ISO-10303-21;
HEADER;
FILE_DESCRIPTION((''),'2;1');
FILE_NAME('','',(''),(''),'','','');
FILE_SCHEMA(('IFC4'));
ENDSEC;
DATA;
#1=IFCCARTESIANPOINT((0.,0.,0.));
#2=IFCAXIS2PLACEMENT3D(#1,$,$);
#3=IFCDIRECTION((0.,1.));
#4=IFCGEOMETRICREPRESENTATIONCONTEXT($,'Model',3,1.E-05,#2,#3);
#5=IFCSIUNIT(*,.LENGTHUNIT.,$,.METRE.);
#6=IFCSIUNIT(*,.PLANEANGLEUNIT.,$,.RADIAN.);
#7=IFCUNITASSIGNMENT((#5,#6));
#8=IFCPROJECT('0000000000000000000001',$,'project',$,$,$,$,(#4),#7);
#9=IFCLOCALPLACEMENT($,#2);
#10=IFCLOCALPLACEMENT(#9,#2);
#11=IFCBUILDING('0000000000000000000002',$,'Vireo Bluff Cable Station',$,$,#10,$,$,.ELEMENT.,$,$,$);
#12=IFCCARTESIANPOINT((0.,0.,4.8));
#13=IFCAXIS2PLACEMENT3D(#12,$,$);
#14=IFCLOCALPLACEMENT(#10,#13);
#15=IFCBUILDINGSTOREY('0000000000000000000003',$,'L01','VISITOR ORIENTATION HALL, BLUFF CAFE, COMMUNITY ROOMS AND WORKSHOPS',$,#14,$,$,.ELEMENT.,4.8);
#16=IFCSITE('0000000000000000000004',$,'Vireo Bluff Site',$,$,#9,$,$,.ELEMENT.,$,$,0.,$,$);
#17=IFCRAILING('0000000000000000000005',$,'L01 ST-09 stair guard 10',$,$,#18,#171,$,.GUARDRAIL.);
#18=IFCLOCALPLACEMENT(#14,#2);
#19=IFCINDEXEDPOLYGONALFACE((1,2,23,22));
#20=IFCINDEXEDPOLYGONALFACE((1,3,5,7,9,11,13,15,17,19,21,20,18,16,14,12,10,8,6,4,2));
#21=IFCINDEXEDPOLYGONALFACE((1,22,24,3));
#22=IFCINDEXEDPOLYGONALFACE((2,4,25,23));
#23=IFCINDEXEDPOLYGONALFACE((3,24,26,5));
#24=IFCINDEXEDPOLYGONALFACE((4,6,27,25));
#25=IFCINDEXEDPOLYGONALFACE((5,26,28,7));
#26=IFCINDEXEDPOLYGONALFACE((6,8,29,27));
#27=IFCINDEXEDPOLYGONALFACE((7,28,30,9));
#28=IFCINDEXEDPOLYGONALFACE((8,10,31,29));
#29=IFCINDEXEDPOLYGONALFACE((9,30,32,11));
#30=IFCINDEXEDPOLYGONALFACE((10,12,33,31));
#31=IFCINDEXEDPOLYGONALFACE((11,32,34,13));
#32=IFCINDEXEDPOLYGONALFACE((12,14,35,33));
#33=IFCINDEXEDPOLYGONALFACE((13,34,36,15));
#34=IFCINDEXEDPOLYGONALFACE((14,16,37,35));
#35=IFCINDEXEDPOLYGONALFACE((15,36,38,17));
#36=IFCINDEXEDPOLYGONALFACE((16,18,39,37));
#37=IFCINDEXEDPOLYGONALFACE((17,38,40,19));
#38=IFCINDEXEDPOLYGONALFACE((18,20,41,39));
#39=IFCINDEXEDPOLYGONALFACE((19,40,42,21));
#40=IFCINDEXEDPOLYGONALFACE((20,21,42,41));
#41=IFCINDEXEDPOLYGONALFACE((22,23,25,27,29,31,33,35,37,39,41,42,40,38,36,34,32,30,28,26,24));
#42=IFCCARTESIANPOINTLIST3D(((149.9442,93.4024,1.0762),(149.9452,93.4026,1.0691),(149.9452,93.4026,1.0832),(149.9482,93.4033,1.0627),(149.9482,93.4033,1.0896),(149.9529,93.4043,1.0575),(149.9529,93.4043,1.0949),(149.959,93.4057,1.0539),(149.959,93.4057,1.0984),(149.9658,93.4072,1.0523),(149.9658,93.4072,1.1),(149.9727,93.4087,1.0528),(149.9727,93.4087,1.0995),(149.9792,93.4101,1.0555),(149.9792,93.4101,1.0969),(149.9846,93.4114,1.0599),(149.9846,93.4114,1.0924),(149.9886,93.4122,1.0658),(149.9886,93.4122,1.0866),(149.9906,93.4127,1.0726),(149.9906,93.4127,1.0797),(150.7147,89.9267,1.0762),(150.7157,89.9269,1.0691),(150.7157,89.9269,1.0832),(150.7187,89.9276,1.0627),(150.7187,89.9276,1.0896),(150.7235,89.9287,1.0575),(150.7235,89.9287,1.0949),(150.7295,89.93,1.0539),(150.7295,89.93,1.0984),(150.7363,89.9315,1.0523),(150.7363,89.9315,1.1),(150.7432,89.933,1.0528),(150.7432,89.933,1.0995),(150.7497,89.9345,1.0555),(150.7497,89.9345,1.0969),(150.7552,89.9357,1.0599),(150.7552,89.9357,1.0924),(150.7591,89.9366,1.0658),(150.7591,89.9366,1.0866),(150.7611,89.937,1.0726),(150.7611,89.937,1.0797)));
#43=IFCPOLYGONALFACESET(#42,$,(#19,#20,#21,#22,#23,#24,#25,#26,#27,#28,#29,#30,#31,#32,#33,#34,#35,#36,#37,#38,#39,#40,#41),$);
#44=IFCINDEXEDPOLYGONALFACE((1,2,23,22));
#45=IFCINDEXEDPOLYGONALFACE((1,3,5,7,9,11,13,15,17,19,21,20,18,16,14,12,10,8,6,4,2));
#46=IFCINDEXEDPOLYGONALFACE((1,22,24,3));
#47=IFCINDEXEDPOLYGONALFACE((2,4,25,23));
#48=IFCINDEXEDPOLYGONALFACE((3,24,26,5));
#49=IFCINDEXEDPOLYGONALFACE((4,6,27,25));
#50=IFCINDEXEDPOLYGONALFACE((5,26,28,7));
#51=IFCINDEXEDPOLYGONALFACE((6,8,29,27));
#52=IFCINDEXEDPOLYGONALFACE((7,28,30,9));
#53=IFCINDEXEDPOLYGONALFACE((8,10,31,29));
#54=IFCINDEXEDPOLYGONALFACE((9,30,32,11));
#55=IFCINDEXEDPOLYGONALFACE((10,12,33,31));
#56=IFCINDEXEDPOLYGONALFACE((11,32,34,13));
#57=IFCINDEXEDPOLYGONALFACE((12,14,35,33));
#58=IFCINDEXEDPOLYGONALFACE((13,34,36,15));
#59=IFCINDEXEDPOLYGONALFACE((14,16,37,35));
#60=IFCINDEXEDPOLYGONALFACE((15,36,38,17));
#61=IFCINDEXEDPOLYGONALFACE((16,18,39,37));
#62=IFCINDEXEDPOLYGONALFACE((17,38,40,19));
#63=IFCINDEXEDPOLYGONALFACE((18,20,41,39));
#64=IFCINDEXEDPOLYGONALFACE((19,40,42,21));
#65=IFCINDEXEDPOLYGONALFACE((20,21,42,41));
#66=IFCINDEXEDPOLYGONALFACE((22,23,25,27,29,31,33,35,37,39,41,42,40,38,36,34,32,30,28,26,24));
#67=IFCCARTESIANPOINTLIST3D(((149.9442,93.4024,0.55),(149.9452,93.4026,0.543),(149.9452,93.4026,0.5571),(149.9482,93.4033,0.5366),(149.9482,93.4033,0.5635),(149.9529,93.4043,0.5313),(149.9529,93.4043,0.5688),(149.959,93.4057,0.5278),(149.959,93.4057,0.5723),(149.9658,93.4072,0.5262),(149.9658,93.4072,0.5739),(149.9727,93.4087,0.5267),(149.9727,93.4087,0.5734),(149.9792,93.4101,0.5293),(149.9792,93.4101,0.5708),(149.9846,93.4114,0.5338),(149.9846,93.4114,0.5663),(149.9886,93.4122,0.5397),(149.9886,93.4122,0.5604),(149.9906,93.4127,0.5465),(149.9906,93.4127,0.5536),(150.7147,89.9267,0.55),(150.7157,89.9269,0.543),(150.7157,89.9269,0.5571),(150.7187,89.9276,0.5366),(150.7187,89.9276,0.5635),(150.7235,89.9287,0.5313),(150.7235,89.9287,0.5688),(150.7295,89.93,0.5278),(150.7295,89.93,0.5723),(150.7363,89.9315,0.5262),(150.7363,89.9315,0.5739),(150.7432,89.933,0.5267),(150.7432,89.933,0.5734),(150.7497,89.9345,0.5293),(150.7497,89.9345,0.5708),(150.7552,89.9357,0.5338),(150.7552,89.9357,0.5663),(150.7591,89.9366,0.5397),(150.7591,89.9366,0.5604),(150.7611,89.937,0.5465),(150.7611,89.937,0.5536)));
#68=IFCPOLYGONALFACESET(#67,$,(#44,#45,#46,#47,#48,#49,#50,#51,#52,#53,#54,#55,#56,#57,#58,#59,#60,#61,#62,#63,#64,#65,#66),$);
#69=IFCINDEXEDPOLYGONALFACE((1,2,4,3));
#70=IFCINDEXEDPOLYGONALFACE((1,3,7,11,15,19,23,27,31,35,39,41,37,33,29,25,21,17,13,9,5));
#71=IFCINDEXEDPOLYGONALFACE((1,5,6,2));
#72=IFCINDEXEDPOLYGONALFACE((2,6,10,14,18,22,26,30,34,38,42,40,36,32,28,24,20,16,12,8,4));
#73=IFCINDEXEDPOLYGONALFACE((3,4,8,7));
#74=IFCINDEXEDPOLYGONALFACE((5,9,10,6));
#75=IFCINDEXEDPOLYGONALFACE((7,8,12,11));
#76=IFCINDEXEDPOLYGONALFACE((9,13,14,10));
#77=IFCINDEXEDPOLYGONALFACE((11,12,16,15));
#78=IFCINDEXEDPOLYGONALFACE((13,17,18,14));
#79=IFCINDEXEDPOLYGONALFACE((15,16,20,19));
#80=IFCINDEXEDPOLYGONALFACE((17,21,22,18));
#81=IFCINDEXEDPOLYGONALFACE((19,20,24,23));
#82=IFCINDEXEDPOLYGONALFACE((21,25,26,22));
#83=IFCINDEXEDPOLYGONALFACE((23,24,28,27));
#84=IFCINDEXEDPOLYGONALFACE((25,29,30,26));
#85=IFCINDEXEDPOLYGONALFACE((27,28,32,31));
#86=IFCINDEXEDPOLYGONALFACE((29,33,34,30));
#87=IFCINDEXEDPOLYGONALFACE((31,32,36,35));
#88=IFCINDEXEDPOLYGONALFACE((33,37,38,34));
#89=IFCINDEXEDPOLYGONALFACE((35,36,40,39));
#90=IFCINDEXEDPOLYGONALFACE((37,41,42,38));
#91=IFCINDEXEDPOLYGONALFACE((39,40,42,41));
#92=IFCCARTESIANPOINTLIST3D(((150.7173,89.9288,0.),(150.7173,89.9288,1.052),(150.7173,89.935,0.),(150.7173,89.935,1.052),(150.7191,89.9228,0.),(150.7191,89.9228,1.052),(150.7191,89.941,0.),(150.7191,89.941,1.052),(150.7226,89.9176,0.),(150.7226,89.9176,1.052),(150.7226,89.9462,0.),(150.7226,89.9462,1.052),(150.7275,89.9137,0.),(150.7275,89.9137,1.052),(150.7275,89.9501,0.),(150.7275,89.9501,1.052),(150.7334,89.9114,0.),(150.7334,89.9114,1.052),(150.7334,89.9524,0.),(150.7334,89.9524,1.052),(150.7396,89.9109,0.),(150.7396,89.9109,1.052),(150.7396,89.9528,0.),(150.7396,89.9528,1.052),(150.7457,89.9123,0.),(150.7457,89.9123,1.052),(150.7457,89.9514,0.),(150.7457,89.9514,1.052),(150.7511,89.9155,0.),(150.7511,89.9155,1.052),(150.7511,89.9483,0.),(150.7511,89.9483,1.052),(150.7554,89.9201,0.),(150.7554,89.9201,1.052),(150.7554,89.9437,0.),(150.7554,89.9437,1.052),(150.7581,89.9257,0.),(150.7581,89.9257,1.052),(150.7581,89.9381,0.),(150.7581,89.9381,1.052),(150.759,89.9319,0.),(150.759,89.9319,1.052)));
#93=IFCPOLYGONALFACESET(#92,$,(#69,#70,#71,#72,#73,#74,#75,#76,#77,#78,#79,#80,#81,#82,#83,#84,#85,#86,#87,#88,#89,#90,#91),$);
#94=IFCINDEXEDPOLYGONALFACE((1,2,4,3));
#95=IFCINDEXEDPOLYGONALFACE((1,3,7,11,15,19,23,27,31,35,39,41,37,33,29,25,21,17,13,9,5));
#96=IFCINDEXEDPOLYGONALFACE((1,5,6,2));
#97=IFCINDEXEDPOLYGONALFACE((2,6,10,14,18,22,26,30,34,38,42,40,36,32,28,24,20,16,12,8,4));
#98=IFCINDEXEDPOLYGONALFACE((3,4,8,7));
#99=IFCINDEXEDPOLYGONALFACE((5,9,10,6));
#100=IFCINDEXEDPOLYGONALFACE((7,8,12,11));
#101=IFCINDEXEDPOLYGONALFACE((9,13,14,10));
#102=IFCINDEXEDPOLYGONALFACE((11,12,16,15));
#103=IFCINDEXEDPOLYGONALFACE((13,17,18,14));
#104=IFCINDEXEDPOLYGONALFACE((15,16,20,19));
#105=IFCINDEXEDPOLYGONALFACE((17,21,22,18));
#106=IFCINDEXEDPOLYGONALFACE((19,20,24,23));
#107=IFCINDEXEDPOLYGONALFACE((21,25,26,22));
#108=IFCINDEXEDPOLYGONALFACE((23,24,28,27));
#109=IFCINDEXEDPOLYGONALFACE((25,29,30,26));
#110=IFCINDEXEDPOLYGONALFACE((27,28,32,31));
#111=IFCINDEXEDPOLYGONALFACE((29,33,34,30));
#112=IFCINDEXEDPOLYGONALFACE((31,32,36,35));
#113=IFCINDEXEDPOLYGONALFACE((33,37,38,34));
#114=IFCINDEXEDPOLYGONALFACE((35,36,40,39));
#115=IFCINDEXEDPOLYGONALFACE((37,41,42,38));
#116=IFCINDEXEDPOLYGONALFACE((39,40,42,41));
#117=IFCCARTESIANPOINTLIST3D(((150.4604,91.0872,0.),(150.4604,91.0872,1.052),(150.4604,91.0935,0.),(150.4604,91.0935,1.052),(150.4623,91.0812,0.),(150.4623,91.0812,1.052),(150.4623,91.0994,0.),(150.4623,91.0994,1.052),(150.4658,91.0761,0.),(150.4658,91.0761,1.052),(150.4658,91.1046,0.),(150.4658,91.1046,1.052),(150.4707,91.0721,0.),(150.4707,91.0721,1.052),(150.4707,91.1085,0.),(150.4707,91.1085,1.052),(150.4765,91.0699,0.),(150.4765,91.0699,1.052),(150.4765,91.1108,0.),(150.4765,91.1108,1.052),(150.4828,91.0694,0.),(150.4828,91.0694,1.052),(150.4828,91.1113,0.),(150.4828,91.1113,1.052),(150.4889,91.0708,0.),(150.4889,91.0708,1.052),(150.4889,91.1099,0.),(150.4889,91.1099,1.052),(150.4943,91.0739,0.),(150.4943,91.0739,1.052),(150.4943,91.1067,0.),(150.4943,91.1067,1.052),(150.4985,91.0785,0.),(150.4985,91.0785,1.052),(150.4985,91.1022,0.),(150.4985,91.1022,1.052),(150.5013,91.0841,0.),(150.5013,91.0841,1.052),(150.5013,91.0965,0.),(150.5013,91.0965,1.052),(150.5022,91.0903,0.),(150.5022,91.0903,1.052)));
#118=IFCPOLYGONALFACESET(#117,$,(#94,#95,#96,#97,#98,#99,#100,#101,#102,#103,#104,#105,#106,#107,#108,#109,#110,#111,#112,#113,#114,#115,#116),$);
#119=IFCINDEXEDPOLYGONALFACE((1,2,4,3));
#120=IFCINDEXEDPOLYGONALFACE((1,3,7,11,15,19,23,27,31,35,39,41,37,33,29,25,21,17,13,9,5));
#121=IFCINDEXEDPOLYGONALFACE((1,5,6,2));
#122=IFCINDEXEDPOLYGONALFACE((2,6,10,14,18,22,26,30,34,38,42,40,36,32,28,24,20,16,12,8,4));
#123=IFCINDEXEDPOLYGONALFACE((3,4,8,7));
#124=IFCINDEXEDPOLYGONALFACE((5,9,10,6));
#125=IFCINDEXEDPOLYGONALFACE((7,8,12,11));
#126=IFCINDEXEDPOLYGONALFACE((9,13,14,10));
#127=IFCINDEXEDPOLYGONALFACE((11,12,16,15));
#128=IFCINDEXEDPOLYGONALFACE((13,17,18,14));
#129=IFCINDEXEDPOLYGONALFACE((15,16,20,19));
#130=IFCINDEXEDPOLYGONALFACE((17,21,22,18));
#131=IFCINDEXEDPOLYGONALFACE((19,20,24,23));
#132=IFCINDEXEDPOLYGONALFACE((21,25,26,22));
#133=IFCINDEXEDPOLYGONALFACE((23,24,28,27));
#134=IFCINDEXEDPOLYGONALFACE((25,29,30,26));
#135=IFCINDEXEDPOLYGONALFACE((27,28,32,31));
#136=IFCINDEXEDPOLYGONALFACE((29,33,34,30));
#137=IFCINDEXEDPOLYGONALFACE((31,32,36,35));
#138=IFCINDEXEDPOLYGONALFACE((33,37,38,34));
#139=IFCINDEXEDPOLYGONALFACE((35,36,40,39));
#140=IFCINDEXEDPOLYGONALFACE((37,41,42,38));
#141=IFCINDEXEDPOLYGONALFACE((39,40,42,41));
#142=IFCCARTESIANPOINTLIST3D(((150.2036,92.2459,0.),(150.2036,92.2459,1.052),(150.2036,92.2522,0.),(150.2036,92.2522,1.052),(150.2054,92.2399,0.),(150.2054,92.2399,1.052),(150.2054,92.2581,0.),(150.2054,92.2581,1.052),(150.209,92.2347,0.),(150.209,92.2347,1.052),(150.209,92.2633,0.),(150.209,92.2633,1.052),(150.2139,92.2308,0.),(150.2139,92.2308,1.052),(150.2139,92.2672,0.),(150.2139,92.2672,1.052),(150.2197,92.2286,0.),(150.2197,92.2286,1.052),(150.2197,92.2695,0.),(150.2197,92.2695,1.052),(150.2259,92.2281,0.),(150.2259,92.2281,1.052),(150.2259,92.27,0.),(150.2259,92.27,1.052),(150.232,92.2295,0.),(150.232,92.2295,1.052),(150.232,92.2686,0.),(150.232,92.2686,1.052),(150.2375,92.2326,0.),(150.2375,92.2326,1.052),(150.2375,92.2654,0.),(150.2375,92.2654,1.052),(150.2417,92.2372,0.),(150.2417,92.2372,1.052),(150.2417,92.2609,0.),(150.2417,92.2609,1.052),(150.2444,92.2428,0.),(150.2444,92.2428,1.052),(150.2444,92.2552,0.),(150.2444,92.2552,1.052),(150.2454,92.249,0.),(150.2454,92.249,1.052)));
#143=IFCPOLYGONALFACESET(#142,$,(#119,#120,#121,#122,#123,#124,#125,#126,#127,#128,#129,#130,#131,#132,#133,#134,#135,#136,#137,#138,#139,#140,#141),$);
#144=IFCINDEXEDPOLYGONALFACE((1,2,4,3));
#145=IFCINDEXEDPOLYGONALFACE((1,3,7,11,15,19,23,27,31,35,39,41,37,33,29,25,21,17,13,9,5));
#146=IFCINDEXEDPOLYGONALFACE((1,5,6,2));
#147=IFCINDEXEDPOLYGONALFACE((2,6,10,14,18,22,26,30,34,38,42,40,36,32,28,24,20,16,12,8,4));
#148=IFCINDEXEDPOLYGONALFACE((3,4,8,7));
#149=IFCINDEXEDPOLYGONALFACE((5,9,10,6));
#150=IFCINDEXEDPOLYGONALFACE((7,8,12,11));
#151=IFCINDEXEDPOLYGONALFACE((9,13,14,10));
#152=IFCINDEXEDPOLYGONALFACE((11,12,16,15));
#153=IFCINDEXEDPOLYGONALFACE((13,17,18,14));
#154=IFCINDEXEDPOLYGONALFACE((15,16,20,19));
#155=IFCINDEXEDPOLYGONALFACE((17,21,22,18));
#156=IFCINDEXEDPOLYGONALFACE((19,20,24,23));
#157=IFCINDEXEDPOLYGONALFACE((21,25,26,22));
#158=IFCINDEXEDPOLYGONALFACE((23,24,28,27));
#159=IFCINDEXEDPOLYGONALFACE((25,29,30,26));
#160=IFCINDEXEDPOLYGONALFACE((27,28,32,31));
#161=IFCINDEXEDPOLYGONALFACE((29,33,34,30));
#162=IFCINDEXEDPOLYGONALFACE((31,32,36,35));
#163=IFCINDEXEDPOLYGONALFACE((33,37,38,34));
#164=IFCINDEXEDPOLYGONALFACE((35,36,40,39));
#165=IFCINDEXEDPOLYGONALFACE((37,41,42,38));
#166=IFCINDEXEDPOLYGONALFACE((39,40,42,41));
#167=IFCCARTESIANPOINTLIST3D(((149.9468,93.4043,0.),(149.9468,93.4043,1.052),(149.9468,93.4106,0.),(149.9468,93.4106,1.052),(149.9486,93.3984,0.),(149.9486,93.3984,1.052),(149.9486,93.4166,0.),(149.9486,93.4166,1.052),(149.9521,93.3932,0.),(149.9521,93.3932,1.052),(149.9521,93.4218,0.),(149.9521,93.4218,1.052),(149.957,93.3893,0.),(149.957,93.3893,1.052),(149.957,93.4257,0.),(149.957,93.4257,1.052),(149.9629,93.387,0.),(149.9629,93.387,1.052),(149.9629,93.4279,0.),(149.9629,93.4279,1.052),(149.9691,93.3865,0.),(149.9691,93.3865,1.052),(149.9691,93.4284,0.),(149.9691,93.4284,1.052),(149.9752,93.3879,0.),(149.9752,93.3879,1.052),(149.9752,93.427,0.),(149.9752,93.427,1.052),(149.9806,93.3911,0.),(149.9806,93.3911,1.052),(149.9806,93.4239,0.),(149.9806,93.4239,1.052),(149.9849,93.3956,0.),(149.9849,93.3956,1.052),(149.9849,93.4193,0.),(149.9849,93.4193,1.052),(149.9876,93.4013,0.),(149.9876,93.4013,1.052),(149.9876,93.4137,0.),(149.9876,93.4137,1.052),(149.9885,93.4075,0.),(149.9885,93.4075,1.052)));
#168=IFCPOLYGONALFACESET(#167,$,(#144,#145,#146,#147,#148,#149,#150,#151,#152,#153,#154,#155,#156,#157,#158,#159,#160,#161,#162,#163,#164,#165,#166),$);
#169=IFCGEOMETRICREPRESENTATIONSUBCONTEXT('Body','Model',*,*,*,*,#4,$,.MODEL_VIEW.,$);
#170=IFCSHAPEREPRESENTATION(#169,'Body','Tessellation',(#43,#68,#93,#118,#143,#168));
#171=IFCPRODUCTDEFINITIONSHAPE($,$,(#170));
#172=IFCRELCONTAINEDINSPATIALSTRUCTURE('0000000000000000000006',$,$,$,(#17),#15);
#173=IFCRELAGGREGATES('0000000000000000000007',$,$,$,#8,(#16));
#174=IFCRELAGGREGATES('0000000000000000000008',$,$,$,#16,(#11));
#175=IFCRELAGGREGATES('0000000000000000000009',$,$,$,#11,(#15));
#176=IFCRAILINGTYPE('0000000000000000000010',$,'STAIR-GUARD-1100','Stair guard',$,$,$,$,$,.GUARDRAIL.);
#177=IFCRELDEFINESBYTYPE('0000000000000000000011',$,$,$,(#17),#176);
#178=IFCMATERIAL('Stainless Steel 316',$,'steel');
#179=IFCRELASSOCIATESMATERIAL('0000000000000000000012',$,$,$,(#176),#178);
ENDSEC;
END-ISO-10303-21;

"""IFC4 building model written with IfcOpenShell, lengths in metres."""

from ifc_helpers import new_model, si_unit, direction, frame, origin, origin_2d, place, context, subcontext, project, spatial, circle, extrude, material, type_object, element, save


model = new_model("IFC4")

# Units and contexts
model_context = context("Model", 3, precision=1e-05, world=origin(), true_north=direction((0.0, 1.0)))
body_context = subcontext(model_context, "Body", "Model", "MODEL_VIEW")
ifc_project = project(units=[si_unit("LENGTHUNIT", "METRE"), si_unit("PLANEANGLEUNIT", "RADIAN")], contexts=[model_context])

# Site, building, storey
site_placement = place(None, origin())
site = spatial("IfcSite", under=ifc_project, at=site_placement, Name="Vireo Bluff Site", CompositionType="ELEMENT", RefElevation=0.0)
building_placement = place(site_placement, origin())
building = spatial("IfcBuilding", under=site, at=building_placement, Name="Vireo Bluff Cable Station", CompositionType="ELEMENT")
storey_placement = place(building_placement, frame((0.0, 0.0, 4.8)))
storey = spatial("IfcBuildingStorey", under=building, at=storey_placement, Name="L01", Description="VISITOR ORIENTATION HALL, BLUFF CAFE, COMMUNITY ROOMS AND WORKSHOPS", CompositionType="ELEMENT", Elevation=4.8)

# Railing
ifc_material_1 = material(Name="Stainless Steel 316", Category="steel")
railing_type_1 = type_object("IfcRailingType", Name="STAIR-GUARD-1100", Description="Stair guard", PredefinedType="GUARDRAIL", material=ifc_material_1)
railing_1_placement = place(storey_placement, frame((150.738, 89.9319, 0.0)))
element("IfcRailing", 1, at=railing_1_placement, inside=storey, type_object=railing_type_1, Name="L01 ST-09 stair guard 10", PredefinedType="GUARDRAIL", context=body_context, shape_type="SweptSolid", body=[
    extrude(circle(Radius=0.0239, at=origin_2d()), frame((0.0, 0.0, 1.0762), z_axis=(-0.216437, 0.976297, 0.0), x_axis=(-0.976297, -0.216437, 0.0)), (0.0, 0.0, 1.0), 3.5601),
    extrude(circle(Radius=0.0239, at=origin_2d()), frame((0.0, 0.0, 0.55), z_axis=(-0.216437, 0.976297, 0.0), x_axis=(-0.976297, -0.216437, 0.0)), (0.0, 0.0, 1.0), 3.5601),
    extrude(circle(Radius=0.021, at=origin_2d()), origin(), (0.0, 0.0, 1.0), 1.052),
    extrude(circle(Radius=0.021, at=origin_2d()), frame((-0.2568, 1.1584, 0.0)), (0.0, 0.0, 1.0), 1.052),
    extrude(circle(Radius=0.021, at=origin_2d()), frame((-0.5137, 2.3171, 0.0)), (0.0, 0.0, 1.0), 1.052),
    extrude(circle(Radius=0.021, at=origin_2d()), frame((-0.7705, 3.4756, 0.0)), (0.0, 0.0, 1.0), 1.052),
])

save(model, "model.ifc")
